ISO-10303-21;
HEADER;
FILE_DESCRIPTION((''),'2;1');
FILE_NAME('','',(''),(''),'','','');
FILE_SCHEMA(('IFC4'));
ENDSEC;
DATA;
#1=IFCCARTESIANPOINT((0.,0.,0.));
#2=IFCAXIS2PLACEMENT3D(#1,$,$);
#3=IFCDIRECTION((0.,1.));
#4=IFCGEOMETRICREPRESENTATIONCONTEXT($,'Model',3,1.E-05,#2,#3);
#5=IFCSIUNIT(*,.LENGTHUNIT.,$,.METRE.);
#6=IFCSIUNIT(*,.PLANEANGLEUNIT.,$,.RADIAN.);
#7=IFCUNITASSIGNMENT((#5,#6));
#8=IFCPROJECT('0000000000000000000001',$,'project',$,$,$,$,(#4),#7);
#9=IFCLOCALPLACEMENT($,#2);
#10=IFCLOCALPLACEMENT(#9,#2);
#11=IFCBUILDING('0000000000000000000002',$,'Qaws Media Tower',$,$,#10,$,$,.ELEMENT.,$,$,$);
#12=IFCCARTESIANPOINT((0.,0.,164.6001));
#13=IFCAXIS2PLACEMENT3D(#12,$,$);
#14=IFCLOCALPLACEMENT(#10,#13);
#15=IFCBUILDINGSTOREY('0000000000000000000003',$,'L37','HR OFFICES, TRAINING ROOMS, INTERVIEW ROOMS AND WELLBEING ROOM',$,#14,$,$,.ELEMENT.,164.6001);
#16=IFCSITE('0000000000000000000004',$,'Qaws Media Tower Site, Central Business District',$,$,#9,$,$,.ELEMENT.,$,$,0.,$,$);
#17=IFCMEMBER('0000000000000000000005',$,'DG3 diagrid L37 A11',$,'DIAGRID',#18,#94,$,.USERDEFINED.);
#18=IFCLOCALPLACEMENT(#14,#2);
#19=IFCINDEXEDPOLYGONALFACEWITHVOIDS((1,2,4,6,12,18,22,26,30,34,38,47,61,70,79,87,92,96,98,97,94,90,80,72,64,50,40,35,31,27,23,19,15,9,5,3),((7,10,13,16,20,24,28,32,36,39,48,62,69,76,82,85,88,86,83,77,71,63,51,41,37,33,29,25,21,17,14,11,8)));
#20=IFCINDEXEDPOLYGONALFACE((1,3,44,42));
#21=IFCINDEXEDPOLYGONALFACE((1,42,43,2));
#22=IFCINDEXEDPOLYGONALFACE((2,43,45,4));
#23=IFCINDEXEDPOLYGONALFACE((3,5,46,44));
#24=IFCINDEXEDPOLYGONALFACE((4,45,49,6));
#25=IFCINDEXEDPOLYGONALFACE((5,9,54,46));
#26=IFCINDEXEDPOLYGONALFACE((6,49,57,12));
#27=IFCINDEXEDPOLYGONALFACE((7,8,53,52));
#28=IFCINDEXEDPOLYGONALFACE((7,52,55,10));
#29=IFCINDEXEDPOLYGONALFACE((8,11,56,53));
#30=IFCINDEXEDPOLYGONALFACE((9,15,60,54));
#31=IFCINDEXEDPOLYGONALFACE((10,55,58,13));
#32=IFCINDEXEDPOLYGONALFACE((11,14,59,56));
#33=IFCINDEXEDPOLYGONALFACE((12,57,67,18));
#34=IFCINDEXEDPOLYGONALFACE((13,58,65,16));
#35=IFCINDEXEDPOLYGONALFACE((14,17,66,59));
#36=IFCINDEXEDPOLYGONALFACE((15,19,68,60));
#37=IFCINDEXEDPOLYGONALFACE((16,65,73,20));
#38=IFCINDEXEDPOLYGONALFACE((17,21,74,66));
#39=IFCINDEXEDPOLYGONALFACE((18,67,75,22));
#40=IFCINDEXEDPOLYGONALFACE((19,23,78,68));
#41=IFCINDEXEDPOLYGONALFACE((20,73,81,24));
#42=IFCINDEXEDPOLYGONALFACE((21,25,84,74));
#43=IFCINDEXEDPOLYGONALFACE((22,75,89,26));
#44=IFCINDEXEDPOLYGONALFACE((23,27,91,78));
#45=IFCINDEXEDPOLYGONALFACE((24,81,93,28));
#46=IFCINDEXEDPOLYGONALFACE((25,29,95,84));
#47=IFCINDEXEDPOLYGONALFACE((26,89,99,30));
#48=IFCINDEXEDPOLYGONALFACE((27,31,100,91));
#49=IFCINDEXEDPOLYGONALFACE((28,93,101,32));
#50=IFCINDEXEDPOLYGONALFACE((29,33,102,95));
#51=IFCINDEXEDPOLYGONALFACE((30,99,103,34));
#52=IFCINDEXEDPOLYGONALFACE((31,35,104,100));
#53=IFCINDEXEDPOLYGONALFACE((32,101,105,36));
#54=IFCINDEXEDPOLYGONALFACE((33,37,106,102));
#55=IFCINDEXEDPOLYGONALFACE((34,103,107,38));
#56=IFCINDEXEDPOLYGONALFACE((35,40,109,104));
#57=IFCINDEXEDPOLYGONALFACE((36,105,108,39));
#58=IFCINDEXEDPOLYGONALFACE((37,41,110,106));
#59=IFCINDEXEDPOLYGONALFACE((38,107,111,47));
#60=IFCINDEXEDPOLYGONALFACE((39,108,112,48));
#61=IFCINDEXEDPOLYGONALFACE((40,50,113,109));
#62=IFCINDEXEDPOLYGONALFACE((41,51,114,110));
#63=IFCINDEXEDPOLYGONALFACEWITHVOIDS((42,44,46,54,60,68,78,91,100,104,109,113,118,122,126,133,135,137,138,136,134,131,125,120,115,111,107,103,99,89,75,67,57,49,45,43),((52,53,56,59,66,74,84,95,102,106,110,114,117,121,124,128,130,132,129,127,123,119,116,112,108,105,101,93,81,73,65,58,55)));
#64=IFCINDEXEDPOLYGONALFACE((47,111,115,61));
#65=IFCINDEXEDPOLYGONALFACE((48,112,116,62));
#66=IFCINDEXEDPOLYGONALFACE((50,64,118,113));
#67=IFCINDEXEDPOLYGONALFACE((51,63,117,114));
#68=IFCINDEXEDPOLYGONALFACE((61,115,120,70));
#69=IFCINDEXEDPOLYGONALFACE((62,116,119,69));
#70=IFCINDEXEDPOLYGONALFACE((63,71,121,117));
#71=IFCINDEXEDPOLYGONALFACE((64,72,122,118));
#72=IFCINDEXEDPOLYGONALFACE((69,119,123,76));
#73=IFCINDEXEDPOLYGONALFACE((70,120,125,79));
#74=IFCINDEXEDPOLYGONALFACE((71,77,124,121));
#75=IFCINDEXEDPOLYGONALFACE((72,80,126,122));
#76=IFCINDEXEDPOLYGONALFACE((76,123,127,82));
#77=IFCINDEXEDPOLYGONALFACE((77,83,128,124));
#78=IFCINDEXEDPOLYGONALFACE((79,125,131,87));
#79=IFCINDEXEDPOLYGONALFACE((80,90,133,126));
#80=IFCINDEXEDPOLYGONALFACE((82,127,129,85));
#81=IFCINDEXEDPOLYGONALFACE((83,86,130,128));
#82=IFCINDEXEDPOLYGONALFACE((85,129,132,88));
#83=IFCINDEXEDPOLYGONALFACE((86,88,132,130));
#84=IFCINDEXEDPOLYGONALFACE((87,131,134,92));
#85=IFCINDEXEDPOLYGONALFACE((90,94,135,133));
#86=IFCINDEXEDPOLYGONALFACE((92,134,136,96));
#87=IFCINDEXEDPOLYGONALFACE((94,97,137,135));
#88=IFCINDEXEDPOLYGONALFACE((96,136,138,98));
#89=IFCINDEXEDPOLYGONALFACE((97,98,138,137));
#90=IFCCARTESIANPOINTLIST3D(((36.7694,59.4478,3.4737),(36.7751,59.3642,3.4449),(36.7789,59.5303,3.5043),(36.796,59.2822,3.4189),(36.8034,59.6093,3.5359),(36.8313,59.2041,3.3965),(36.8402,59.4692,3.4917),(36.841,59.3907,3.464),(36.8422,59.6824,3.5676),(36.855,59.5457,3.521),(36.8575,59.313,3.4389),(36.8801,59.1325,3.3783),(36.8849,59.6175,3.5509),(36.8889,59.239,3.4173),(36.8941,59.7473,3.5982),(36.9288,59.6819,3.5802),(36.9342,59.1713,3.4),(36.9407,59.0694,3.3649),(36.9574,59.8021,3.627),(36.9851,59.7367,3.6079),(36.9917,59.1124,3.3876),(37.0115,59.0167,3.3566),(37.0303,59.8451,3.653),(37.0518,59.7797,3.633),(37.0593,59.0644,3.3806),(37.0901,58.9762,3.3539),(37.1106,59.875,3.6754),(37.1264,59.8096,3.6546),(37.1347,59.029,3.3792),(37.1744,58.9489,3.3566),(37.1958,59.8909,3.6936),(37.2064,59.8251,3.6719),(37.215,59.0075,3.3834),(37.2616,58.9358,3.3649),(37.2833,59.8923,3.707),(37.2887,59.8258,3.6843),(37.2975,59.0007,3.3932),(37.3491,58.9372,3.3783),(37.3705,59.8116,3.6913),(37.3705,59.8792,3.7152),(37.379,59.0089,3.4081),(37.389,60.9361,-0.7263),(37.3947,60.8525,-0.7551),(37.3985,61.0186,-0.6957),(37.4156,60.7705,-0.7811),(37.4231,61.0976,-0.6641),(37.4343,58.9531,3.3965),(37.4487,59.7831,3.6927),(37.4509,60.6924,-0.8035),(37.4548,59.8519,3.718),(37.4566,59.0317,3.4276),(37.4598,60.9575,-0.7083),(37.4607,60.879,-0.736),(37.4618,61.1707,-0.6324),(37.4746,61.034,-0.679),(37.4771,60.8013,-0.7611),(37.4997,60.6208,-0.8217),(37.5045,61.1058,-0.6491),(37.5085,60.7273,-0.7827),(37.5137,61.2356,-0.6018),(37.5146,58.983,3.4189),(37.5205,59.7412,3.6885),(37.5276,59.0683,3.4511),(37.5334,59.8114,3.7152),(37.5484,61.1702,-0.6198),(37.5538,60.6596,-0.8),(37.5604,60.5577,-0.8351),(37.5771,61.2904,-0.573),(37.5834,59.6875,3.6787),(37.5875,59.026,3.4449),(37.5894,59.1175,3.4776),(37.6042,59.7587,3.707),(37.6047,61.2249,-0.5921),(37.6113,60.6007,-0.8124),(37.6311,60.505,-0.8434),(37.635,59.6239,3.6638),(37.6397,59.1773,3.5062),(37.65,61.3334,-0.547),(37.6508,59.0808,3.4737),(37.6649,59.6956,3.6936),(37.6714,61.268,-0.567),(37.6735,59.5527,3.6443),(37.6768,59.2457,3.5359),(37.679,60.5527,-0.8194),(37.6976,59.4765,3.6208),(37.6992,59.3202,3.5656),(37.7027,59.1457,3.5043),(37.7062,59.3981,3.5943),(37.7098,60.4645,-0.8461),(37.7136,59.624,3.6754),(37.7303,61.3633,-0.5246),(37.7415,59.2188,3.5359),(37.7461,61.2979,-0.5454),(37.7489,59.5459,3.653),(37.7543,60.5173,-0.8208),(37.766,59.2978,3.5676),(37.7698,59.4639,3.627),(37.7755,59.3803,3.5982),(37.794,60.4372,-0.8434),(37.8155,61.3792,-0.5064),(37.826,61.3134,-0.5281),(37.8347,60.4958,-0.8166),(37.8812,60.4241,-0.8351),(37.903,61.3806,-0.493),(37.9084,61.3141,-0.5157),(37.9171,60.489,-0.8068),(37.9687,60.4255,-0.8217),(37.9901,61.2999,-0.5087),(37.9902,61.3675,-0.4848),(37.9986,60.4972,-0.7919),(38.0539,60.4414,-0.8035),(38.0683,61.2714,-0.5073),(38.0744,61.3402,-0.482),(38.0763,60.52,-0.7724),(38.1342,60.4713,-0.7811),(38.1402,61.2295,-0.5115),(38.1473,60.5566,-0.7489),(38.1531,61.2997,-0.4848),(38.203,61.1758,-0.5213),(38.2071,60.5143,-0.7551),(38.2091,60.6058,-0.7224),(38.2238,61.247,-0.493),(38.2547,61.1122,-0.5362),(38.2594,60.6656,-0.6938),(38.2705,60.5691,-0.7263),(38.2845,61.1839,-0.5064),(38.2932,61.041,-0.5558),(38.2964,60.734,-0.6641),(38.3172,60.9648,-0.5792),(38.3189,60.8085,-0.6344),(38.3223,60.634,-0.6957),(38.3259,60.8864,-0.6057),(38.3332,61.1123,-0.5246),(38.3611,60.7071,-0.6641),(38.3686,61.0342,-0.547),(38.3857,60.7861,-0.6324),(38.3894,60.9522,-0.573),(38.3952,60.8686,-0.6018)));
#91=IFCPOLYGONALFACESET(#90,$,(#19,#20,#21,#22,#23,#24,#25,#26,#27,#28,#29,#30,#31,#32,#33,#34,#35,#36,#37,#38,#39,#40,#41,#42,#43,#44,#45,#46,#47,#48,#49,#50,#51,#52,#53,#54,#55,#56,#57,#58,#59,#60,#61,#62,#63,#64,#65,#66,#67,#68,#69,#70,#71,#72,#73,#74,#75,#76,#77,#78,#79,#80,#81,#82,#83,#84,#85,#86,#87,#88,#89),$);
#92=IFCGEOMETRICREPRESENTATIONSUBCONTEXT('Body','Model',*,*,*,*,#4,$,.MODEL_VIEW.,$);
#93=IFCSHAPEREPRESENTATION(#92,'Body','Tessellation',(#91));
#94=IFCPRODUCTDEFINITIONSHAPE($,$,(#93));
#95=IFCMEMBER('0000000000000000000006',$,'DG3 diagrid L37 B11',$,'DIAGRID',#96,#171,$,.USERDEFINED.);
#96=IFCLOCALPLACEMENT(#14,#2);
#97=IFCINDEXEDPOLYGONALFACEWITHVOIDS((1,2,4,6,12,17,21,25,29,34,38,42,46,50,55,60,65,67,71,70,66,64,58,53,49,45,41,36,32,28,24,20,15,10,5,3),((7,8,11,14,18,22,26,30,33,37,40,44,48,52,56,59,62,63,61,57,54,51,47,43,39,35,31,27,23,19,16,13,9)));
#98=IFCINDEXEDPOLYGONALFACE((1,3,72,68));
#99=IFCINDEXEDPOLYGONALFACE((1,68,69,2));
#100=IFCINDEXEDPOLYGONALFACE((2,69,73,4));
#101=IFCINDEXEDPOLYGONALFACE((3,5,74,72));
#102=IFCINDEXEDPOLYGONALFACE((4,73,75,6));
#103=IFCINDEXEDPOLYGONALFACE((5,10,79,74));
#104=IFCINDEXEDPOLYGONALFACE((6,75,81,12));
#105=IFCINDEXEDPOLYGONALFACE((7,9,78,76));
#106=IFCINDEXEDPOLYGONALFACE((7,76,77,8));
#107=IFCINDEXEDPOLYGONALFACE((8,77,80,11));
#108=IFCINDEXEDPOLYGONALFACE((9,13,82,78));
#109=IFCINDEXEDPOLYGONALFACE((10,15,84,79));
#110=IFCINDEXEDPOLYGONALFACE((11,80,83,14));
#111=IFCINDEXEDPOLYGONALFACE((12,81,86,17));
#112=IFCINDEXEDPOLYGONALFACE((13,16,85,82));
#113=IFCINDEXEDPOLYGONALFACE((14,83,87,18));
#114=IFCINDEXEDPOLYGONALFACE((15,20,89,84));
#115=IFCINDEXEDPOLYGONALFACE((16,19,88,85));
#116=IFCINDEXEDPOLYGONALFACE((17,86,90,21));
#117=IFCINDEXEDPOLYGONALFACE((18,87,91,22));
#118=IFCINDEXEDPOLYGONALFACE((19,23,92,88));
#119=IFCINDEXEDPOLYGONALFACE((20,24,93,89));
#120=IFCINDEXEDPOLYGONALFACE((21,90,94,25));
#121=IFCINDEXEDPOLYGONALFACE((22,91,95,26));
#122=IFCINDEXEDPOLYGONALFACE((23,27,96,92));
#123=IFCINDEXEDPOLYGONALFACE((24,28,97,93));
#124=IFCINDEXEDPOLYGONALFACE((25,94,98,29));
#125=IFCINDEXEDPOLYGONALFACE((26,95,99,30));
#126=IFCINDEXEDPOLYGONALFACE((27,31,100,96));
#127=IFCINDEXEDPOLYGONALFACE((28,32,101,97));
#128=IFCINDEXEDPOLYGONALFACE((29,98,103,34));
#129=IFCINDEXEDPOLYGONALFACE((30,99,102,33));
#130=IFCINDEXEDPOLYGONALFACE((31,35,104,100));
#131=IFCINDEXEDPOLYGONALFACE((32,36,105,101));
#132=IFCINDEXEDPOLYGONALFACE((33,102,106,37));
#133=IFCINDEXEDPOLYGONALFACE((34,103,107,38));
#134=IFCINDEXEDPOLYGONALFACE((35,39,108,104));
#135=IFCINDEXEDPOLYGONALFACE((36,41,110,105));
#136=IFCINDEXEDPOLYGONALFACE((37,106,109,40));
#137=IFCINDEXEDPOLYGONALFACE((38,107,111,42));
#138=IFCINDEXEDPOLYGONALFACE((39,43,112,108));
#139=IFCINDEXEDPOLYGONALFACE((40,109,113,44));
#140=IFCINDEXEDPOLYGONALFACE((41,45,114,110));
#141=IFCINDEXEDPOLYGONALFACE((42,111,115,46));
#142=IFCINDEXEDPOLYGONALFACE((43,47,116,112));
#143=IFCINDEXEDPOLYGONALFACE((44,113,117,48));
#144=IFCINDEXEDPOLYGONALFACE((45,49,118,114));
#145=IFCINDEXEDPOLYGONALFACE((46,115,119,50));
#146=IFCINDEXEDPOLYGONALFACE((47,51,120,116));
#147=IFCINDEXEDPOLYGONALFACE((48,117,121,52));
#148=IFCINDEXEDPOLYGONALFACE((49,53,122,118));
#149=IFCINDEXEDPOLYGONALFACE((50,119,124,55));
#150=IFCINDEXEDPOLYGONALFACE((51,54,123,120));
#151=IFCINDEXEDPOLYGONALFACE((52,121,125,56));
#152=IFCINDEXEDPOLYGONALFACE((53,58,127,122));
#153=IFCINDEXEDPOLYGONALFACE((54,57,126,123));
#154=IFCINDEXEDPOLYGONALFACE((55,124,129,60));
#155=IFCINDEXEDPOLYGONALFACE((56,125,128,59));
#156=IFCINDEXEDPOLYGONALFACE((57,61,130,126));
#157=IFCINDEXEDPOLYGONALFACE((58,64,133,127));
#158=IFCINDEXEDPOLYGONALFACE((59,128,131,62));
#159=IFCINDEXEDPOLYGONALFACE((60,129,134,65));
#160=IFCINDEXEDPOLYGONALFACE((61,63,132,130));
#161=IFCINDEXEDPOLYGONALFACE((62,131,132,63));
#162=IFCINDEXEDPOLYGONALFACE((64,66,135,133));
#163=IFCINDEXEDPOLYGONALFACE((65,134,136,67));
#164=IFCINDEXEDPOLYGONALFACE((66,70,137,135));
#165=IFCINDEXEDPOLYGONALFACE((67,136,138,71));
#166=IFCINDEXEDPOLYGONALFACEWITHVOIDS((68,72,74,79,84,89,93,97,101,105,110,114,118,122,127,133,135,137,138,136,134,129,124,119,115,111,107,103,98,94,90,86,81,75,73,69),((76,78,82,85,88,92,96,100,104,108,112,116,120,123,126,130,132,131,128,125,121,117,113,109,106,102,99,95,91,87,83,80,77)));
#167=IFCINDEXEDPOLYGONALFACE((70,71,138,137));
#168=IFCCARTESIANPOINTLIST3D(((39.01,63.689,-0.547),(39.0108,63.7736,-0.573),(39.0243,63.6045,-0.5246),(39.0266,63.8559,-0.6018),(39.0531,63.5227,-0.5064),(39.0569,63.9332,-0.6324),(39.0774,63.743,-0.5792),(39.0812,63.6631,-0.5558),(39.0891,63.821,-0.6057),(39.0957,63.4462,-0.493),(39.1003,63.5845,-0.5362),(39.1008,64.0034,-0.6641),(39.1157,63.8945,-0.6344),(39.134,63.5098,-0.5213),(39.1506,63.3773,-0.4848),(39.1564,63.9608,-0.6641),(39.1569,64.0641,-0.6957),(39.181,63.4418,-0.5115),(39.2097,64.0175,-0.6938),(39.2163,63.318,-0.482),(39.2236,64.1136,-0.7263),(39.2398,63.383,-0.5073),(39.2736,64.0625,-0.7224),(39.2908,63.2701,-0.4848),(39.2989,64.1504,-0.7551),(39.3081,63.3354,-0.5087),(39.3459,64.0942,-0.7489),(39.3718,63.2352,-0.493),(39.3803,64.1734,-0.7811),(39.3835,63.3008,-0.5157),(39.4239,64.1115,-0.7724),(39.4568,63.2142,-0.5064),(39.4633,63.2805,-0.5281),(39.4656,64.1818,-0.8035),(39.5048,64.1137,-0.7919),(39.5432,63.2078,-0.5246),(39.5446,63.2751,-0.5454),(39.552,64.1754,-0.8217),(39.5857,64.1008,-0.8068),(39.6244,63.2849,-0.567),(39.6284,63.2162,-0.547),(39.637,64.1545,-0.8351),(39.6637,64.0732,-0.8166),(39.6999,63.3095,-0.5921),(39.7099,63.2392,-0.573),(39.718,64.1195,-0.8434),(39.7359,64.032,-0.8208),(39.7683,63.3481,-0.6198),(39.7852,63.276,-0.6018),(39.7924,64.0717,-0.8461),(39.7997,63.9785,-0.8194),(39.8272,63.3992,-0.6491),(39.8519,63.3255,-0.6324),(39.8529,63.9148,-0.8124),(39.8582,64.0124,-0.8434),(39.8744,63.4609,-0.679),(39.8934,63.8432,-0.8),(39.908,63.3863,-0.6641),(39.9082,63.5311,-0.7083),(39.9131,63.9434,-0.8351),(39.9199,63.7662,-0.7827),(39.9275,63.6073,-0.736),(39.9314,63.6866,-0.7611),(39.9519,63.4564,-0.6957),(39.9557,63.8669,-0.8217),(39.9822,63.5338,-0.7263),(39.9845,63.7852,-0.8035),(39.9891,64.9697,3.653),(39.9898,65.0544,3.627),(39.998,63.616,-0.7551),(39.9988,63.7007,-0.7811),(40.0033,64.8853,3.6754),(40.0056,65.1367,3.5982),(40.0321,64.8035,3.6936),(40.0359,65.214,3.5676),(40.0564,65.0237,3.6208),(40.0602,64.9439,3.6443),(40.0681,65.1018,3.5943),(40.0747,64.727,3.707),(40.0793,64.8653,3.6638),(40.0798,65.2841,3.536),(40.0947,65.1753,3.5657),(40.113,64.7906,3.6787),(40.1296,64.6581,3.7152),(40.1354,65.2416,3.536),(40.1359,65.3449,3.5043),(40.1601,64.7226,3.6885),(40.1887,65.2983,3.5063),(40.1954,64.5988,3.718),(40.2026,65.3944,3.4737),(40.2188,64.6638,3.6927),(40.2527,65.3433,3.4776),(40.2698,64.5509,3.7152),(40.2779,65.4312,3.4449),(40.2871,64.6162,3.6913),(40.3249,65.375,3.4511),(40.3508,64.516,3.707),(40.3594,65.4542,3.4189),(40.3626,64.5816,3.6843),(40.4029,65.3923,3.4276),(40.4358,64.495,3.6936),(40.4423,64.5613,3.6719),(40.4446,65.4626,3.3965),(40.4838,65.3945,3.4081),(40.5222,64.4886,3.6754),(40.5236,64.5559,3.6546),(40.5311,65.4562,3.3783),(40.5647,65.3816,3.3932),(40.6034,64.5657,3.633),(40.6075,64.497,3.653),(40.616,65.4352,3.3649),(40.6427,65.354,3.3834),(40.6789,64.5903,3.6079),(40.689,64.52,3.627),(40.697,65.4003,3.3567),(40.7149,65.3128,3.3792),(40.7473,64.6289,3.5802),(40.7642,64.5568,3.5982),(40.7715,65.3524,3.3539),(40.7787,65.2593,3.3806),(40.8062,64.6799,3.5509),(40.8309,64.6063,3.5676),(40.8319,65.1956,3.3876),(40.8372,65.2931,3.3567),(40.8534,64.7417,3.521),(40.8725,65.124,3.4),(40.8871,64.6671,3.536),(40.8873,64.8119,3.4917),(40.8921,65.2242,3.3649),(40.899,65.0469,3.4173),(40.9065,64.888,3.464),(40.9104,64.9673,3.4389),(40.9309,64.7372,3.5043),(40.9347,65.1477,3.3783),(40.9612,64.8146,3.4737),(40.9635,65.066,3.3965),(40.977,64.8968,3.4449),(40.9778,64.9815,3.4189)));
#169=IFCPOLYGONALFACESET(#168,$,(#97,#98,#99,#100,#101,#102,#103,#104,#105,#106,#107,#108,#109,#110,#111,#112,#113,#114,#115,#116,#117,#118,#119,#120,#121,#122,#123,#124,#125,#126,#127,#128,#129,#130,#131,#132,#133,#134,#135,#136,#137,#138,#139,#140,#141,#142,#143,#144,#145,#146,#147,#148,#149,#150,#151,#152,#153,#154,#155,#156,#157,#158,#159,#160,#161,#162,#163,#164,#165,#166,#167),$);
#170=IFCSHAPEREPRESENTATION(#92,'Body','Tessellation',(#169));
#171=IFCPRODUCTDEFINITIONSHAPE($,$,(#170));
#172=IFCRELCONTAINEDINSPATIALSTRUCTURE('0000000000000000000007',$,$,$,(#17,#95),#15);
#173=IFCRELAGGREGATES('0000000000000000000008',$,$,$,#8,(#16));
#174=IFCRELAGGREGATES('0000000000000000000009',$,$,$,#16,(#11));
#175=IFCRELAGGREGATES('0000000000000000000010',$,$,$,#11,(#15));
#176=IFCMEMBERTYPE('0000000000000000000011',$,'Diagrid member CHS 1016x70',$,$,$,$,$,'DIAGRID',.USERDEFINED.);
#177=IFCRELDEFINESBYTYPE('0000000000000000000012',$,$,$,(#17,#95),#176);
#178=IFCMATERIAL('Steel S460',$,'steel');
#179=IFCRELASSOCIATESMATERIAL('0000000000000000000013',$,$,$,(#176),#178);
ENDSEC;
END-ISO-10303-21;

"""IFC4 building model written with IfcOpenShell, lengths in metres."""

from ifc_helpers import new_model, si_unit, direction, frame, origin, origin_2d, place, context, subcontext, project, spatial, hollow_circle, extrude, material, material_profile, profile_set, type_object, element, save


model = new_model("IFC4")

# Units and contexts
model_context = context("Model", 3, precision=1e-05, world=origin(), true_north=direction((0.0, 1.0)))
body_context = subcontext(model_context, "Body", "Model", "MODEL_VIEW")
ifc_project = project(units=[si_unit("LENGTHUNIT", "METRE"), si_unit("PLANEANGLEUNIT", "RADIAN")], contexts=[model_context])

# Site, building, storey
site_placement = place(None, origin())
site = spatial("IfcSite", under=ifc_project, at=site_placement, Name="Qaws Media Tower Site, Central Business District", CompositionType="ELEMENT", RefElevation=0.0)
building_placement = place(site_placement, origin())
building = spatial("IfcBuilding", under=site, at=building_placement, Name="Qaws Media Tower", CompositionType="ELEMENT")
storey_placement = place(building_placement, frame((0.0, 0.0, 164.6001)))
storey = spatial("IfcBuildingStorey", under=building, at=storey_placement, Name="L37", Description="HR OFFICES, TRAINING ROOMS, INTERVIEW ROOMS AND WELLBEING ROOM", CompositionType="ELEMENT", Elevation=164.6001)

# Members
ifc_material_1 = material(Name="Steel S460", Category="steel")
ifc_material_profile_1 = material_profile(ifc_material_1, hollow_circle(Radius=0.5081, WallThickness=0.0701, at=origin_2d()), Name="CHS 1016x70")
ifc_profile_set_1 = profile_set([ifc_material_profile_1], Name="Steel S460")
member_type_1 = type_object("IfcMemberType", Name="Diagrid member CHS 1016x70", ElementType="DIAGRID", PredefinedType="USERDEFINED", material=ifc_profile_set_1)
for number, where, z_axis, x_axis, name in (
    (1, (37.8921, 60.9023, -0.6641), (-0.137734, -0.330823, 0.933587), (0.923184, -0.384357, 0.0), "DG3 diagrid L37 A11"),
    (2, (39.5044, 63.6948, -0.6641), (0.217619, 0.284695, 0.93359), (-0.794478, 0.607293, 0.0), "DG3 diagrid L37 B11"),
):
    element("IfcMember", number, at=place(storey_placement, frame(where, z_axis=z_axis, x_axis=x_axis)), inside=storey, type_object=member_type_1, Name=name, ObjectType="DIAGRID", PredefinedType="USERDEFINED", context=body_context, shape_type="SweptSolid", body=[
        extrude(hollow_circle(Radius=0.5081, WallThickness=0.0701, at=origin_2d()), origin(), (0.0, 0.0, 1.0), 4.4988),
    ])

save(model, "model.ifc")
